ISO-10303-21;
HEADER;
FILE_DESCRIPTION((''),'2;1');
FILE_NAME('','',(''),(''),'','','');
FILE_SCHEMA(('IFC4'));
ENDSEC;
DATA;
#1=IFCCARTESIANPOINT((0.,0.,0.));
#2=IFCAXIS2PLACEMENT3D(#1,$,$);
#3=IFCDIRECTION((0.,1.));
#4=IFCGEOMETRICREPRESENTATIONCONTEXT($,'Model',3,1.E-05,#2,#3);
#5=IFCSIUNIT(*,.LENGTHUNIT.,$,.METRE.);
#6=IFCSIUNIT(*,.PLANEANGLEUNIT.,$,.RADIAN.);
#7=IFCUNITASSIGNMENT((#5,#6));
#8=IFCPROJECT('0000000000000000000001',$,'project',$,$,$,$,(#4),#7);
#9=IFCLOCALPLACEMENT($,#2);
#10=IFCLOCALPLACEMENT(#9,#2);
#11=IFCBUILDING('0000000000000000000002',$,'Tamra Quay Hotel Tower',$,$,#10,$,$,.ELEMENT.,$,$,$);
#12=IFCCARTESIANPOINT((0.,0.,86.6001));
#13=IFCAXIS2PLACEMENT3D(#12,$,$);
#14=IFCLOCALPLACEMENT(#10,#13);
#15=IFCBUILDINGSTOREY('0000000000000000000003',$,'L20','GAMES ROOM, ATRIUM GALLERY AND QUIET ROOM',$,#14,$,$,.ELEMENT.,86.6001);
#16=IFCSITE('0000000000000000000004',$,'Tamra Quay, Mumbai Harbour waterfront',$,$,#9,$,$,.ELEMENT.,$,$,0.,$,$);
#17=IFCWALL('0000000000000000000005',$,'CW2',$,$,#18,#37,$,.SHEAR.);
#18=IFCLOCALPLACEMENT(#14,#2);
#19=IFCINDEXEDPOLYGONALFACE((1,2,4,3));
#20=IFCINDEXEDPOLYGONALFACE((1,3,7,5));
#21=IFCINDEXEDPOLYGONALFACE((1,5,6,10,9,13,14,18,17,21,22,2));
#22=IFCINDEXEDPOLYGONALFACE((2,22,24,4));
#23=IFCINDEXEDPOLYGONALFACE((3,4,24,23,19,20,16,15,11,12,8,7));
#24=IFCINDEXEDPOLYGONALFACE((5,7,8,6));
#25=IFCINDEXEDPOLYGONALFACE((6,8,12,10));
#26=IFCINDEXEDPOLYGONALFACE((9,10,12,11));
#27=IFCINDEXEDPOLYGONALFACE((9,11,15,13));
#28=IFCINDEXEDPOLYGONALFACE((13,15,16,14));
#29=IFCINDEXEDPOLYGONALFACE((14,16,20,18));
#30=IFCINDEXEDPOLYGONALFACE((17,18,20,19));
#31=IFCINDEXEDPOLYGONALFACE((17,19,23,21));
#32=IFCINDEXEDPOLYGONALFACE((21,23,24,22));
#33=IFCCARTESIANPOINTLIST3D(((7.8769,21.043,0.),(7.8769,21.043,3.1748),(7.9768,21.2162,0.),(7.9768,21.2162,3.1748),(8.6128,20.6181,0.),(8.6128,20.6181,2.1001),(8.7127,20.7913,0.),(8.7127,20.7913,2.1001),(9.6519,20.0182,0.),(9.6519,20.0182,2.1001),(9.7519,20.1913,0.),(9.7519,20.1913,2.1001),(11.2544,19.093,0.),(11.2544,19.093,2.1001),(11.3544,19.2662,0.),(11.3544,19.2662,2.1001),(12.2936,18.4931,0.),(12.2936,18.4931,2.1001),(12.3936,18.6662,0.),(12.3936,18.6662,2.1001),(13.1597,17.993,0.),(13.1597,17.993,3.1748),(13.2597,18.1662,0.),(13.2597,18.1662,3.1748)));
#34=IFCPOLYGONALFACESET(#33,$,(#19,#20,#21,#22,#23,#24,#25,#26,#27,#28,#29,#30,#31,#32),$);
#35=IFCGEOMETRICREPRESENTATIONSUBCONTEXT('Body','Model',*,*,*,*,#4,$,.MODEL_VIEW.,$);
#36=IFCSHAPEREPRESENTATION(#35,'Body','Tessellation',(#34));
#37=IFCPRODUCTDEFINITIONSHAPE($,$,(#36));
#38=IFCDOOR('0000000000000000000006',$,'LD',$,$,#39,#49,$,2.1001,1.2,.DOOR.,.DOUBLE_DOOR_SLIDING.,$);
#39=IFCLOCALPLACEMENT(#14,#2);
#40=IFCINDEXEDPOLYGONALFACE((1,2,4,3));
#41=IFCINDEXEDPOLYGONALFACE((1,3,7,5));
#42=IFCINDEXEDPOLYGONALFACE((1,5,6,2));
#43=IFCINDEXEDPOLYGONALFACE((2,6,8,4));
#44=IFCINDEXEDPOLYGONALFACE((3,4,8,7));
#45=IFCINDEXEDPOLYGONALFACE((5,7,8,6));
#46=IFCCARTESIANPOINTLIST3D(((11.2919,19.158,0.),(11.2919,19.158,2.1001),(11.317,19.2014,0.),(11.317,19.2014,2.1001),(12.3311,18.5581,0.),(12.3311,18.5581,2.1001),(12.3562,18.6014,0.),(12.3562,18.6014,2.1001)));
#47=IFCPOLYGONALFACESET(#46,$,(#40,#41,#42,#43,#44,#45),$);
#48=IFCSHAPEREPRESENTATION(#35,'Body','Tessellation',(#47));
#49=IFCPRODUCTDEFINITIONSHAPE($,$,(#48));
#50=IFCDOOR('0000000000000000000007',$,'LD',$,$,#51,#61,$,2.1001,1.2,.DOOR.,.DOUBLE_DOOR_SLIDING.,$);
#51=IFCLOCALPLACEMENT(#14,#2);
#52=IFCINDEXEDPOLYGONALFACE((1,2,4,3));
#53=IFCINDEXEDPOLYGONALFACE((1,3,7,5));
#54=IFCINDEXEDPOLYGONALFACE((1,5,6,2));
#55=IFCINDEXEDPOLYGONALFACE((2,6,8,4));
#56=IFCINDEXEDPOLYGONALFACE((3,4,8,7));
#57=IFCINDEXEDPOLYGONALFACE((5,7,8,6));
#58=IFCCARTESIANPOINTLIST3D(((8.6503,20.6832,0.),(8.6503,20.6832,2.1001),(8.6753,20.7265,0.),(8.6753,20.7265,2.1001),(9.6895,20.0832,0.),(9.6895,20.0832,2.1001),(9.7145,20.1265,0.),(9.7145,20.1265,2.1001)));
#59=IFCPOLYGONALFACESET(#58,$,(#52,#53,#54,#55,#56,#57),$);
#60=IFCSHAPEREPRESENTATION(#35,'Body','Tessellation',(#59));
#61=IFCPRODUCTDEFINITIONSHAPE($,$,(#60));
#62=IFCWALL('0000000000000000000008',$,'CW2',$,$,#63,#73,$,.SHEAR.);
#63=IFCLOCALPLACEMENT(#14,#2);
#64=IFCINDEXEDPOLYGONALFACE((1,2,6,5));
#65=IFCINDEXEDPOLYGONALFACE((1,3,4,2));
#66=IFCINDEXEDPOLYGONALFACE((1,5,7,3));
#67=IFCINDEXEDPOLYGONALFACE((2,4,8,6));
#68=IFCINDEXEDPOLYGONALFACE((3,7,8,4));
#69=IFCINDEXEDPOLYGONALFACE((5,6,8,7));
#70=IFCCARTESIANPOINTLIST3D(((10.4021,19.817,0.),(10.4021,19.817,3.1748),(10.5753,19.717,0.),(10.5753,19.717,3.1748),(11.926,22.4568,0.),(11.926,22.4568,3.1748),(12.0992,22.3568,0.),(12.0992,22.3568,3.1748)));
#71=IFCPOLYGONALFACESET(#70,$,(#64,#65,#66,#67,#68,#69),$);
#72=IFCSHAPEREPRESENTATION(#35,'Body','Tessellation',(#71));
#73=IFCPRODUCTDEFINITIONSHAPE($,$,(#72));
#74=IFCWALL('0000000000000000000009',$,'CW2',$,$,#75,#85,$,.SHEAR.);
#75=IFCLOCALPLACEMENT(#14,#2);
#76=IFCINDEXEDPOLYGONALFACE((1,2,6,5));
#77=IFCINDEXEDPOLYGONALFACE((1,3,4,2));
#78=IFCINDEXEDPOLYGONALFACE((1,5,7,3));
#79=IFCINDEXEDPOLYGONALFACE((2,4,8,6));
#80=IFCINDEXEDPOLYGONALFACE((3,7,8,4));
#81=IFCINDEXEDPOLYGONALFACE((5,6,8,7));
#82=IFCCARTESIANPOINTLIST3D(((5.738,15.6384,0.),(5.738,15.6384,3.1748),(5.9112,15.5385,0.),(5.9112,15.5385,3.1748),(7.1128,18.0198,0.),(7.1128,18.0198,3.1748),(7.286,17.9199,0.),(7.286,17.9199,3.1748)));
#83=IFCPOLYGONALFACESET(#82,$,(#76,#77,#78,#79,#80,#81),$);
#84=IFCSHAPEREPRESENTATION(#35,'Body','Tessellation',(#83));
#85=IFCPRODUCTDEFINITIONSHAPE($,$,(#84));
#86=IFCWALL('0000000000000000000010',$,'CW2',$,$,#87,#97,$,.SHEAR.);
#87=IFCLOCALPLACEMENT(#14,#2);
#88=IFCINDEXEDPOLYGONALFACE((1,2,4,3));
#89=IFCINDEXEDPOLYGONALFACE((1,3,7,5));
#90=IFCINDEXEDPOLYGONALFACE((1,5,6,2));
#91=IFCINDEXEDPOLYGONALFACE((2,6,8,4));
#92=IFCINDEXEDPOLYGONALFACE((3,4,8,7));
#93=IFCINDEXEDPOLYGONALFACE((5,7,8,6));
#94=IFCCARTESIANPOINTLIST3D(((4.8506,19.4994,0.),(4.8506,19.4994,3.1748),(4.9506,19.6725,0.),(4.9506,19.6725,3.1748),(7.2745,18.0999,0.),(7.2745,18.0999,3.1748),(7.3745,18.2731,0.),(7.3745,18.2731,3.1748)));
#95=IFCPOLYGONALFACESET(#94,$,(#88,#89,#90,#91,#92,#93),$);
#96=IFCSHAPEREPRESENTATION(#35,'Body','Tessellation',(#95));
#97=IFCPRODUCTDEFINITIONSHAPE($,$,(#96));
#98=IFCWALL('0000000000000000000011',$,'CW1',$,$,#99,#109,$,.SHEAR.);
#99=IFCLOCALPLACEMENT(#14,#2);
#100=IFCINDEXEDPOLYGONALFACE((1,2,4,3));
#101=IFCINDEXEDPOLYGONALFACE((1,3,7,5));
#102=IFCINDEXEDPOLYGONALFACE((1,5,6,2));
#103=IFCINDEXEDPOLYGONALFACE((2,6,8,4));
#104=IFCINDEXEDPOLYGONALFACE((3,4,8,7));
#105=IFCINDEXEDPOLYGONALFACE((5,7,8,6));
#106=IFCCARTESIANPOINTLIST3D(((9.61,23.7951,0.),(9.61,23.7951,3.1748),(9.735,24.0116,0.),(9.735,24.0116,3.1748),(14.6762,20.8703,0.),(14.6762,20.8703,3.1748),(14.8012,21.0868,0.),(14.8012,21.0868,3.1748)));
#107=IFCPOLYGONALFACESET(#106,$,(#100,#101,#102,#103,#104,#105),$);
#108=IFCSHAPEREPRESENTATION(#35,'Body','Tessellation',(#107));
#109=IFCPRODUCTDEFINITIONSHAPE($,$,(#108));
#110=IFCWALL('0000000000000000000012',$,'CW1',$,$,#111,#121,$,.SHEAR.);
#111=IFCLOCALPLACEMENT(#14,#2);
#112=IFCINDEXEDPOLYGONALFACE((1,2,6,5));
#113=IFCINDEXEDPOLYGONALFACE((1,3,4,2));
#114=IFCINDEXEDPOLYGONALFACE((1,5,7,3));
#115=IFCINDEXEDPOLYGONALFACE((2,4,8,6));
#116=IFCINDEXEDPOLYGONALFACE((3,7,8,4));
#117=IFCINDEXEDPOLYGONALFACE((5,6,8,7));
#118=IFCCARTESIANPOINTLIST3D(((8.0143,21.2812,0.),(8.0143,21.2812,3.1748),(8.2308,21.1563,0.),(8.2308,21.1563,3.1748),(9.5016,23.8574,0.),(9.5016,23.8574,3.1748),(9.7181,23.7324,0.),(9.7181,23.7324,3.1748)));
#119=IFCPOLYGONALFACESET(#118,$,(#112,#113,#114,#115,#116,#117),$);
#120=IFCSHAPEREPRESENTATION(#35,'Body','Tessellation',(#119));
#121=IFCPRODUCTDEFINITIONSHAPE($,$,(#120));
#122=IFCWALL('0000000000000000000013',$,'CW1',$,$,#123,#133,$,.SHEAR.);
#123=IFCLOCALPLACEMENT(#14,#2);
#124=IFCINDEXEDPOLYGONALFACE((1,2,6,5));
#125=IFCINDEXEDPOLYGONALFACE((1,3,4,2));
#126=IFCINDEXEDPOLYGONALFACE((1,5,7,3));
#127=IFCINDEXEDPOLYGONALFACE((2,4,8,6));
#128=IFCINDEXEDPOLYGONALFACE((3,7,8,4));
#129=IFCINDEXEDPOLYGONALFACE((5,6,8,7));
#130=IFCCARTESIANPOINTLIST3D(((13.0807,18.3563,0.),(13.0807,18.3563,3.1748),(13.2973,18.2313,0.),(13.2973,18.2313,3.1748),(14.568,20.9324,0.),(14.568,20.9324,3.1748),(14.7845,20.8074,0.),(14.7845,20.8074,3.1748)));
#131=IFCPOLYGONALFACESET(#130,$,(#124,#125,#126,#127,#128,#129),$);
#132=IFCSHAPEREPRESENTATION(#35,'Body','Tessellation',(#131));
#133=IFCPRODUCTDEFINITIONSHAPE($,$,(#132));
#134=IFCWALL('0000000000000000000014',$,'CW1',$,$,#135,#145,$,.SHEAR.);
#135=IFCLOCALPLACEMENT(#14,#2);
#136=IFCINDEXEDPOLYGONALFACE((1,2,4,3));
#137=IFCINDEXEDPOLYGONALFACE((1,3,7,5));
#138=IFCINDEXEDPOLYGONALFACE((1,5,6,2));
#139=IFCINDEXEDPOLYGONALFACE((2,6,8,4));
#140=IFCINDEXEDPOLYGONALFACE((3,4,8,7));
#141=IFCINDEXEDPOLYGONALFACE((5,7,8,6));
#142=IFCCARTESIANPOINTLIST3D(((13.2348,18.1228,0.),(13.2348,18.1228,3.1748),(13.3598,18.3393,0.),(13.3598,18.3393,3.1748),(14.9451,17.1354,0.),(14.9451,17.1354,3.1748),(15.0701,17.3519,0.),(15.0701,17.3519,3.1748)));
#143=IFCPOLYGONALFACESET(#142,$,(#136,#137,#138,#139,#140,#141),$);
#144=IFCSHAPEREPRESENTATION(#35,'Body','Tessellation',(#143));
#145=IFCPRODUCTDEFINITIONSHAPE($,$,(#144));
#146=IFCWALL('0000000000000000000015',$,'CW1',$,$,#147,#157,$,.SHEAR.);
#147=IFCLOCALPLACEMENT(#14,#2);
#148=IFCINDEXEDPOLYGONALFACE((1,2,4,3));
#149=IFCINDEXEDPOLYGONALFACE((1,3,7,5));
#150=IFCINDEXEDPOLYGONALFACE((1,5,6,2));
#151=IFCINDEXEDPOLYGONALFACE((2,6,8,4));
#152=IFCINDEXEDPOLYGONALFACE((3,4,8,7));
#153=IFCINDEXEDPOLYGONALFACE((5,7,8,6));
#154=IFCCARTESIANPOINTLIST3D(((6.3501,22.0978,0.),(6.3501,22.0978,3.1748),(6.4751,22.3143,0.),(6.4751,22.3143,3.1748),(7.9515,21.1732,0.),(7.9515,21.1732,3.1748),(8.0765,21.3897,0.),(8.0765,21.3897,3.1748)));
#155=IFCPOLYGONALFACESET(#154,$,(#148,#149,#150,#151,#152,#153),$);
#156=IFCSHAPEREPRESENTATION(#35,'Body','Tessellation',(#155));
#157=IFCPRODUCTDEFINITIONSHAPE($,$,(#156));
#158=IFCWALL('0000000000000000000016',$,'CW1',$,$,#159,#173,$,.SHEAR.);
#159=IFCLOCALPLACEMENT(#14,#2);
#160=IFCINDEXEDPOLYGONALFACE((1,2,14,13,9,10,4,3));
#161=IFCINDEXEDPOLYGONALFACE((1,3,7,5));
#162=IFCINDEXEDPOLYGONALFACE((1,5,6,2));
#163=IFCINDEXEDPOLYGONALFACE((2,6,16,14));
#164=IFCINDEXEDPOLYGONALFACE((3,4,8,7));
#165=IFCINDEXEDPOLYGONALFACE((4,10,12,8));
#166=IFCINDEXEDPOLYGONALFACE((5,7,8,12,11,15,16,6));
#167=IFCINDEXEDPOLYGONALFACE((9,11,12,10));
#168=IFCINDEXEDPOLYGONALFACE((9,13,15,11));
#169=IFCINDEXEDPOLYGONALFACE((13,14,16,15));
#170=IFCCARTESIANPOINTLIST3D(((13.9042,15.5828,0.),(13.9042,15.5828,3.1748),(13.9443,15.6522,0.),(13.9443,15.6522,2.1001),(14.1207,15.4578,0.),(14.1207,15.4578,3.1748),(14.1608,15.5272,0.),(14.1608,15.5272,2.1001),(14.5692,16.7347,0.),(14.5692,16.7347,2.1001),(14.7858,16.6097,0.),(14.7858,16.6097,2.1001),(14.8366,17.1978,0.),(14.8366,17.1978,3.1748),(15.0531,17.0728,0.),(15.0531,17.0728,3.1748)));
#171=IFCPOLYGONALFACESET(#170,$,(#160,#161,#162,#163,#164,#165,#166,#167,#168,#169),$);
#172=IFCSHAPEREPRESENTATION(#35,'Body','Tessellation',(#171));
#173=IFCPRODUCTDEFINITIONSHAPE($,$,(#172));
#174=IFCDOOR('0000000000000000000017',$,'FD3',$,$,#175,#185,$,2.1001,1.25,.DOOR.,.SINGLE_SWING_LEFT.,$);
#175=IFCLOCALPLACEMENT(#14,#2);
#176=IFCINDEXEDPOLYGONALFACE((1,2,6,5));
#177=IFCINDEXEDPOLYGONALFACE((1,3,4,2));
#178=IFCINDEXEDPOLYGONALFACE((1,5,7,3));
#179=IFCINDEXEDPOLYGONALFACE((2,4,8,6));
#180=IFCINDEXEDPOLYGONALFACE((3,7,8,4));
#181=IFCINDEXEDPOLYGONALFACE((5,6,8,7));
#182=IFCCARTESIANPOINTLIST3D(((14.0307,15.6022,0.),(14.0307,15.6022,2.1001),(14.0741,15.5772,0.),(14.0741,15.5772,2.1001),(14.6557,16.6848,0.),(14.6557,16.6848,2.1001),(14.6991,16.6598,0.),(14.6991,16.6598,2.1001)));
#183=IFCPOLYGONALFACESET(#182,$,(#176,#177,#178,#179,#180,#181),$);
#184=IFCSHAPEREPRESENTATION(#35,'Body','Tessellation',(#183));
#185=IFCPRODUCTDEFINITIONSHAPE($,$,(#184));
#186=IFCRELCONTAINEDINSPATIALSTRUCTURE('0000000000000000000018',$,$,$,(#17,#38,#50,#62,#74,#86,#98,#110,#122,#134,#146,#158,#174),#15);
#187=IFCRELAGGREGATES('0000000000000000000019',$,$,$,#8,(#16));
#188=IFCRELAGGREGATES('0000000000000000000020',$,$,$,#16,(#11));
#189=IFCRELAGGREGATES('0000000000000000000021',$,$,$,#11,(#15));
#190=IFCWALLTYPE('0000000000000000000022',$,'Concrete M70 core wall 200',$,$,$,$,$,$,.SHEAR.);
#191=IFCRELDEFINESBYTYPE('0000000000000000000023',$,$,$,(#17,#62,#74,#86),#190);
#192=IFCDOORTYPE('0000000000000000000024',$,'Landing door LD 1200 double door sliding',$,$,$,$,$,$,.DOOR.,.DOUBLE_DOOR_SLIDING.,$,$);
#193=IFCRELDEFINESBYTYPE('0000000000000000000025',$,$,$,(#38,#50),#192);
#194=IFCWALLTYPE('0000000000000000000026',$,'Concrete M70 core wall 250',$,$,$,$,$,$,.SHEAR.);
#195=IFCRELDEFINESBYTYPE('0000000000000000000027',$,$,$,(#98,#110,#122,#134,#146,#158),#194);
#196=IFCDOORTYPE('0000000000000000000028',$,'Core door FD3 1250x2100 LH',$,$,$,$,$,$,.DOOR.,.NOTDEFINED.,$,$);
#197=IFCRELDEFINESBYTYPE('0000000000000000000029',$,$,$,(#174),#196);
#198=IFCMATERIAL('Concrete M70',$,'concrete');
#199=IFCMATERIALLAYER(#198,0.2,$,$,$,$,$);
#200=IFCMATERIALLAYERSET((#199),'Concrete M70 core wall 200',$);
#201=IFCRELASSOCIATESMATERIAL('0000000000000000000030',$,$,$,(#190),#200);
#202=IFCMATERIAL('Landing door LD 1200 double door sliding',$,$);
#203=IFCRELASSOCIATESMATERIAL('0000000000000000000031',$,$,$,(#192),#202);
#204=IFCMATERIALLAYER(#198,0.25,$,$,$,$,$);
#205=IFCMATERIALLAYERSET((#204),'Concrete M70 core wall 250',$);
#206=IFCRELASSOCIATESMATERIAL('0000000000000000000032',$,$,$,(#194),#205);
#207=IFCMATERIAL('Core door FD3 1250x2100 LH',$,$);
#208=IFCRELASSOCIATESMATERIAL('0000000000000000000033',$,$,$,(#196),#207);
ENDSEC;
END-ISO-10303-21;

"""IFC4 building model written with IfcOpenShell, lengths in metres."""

from ifc_helpers import new_model, si_unit, direction, frame, frame_2d, origin, place, context, subcontext, project, spatial, rectangle, extrude, material, layer, layer_set, type_object, element, fill, save


model = new_model("IFC4")

# Units and contexts
model_context = context("Model", 3, precision=1e-05, world=origin(), true_north=direction((0.0, 1.0)))
body_context = subcontext(model_context, "Body", "Model", "MODEL_VIEW")
ifc_project = project(units=[si_unit("LENGTHUNIT", "METRE"), si_unit("PLANEANGLEUNIT", "RADIAN")], contexts=[model_context])

# Site, building, storey
site_placement = place(None, origin())
site = spatial("IfcSite", under=ifc_project, at=site_placement, Name="Tamra Quay, Mumbai Harbour waterfront", CompositionType="ELEMENT", RefElevation=0.0)
building_placement = place(site_placement, origin())
building = spatial("IfcBuilding", under=site, at=building_placement, Name="Tamra Quay Hotel Tower", CompositionType="ELEMENT")
storey_placement = place(building_placement, frame((0.0, 0.0, 86.6001)))
storey = spatial("IfcBuildingStorey", under=building, at=storey_placement, Name="L20", Description="GAMES ROOM, ATRIUM GALLERY AND QUIET ROOM", CompositionType="ELEMENT", Elevation=86.6001)

# Shared definitions
ifc_material_1 = material(Name="Concrete M70", Category="concrete")

# Wall, openings, doors
ifc_layer_1 = layer(ifc_material_1, 0.2)
ifc_layer_set_1 = layer_set([ifc_layer_1], Name="Concrete M70 core wall 200")
wall_type_1 = type_object("IfcWallType", Name="Concrete M70 core wall 200", PredefinedType="SHEAR", material=ifc_layer_set_1)
wall_1_placement = place(storey_placement, frame((13.2097, 18.0796, 0.0), z_axis=(0.0, 0.0, 1.0), x_axis=(-0.86603, 0.499992, 0.0)))
wall_1 = element("IfcWall", 1, at=wall_1_placement, inside=storey, type_object=wall_type_1, Name="CW2", PredefinedType="SHEAR", context=body_context, shape_type="SweptSolid", body=[
    extrude(rectangle(XDim=6.1001, YDim=0.2, at=frame_2d((3.05, 0.0))), origin(), (0.0, 0.0, 1.0), 3.1748),
])
opening_1_placement = place(wall_1_placement, frame((1.0, 0.0, 0.0)))
opening_1 = element("IfcOpeningElement", 2, at=opening_1_placement, cuts=wall_1, PredefinedType="OPENING", context=body_context, shape_type="SweptSolid", body=[
    extrude(rectangle(XDim=1.2, YDim=2.1001, at=frame_2d((0.6001, 1.05))), frame((0.0, 0.1099, 0.0), z_axis=(0.0, -1.0, 0.0), x_axis=(1.0, 0.0, 0.0)), (0.0, 0.0, 1.0), 0.22),
])
opening_2_placement = place(wall_1_placement, frame((4.0503, 0.0, 0.0)))
opening_2 = element("IfcOpeningElement", 3, at=opening_2_placement, cuts=wall_1, PredefinedType="OPENING", context=body_context, shape_type="SweptSolid", body=[
    extrude(rectangle(XDim=1.2, YDim=2.1001, at=frame_2d((0.6001, 1.05))), frame((0.0, 0.1099, 0.0), z_axis=(0.0, -1.0, 0.0), x_axis=(1.0, 0.0, 0.0)), (0.0, 0.0, 1.0), 0.22),
])
ifc_material_2 = material(Name="Landing door LD 1200 double door sliding")
door_type_1 = type_object("IfcDoorType", Name="Landing door LD 1200 double door sliding", OperationType="DOUBLE_DOOR_SLIDING", PredefinedType="DOOR", material=ifc_material_2)
door_1_placement = place(opening_1_placement, origin())
door_1 = element("IfcDoor", 4, at=door_1_placement, inside=storey, type_object=door_type_1, Name="LD", OperationType="DOUBLE_DOOR_SLIDING", OverallHeight=2.1001, OverallWidth=1.2, PredefinedType="DOOR", context=body_context, shape_type="SweptSolid", body=[
    extrude(rectangle(XDim=1.2, YDim=2.1001, at=frame_2d((0.6001, 1.05))), frame((0.0, 0.0249, 0.0), z_axis=(0.0, -1.0, 0.0), x_axis=(1.0, 0.0, 0.0)), (0.0, 0.0, 1.0), 0.05),
])
fill(opening_1, door_1)
door_2_placement = place(opening_2_placement, origin())
door_2 = element("IfcDoor", 5, at=door_2_placement, inside=storey, type_object=door_type_1, Name="LD", OperationType="DOUBLE_DOOR_SLIDING", OverallHeight=2.1001, OverallWidth=1.2, PredefinedType="DOOR", context=body_context, shape_type="SweptSolid", body=[
    extrude(rectangle(XDim=1.2, YDim=2.1001, at=frame_2d((0.6001, 1.05))), frame((0.0, 0.0249, 0.0), z_axis=(0.0, -1.0, 0.0), x_axis=(1.0, 0.0, 0.0)), (0.0, 0.0, 1.0), 0.05),
])
fill(opening_2, door_2)

# Walls
wall_2_placement = place(storey_placement, frame((10.4888, 19.7671, 0.0), z_axis=(0.0, 0.0, 1.0), x_axis=(0.499947, 0.866056, 0.0)))
element("IfcWall", 6, at=wall_2_placement, inside=storey, type_object=wall_type_1, Name="CW2", PredefinedType="SHEAR", context=body_context, shape_type="SweptSolid", body=[
    extrude(rectangle(XDim=3.0481, YDim=0.2, at=frame_2d((1.5239, 0.0))), origin(), (0.0, 0.0, 1.0), 3.1748),
])
wall_3_placement = place(storey_placement, frame((7.1995, 17.97, 0.0), z_axis=(0.0, 0.0, 1.0), x_axis=(-0.499968, -0.866044, 0.0)))
element("IfcWall", 7, at=wall_3_placement, inside=storey, type_object=wall_type_1, Name="CW2", PredefinedType="SHEAR", context=body_context, shape_type="SweptSolid", body=[
    extrude(rectangle(XDim=2.7498, YDim=0.2, at=frame_2d((1.375, 0.0))), origin(), (0.0, 0.0, 1.0), 3.1748),
])
wall_4_placement = place(storey_placement, frame((4.9006, 19.5859, 0.0), z_axis=(0.0, 0.0, 1.0), x_axis=(0.866023, -0.500004, 0.0)))
element("IfcWall", 8, at=wall_4_placement, inside=storey, type_object=wall_type_1, Name="CW2", PredefinedType="SHEAR", context=body_context, shape_type="SweptSolid", body=[
    extrude(rectangle(XDim=2.7988, YDim=0.2, at=frame_2d((1.3994, 0.0))), origin(), (0.0, 0.0, 1.0), 3.1748),
])
ifc_layer_2 = layer(ifc_material_1, 0.25)
ifc_layer_set_2 = layer_set([ifc_layer_2], Name="Concrete M70 core wall 250")
wall_type_2 = type_object("IfcWallType", Name="Concrete M70 core wall 250", PredefinedType="SHEAR", material=ifc_layer_set_2)
wall_5_placement = place(storey_placement, frame((9.6726, 23.9033, 0.0), z_axis=(0.0, 0.0, 1.0), x_axis=(0.866036, -0.499981, 0.0)))
element("IfcWall", 9, at=wall_5_placement, inside=storey, type_object=wall_type_2, Name="CW1", PredefinedType="SHEAR", context=body_context, shape_type="SweptSolid", body=[
    extrude(rectangle(XDim=5.8499, YDim=0.25, at=frame_2d((2.9248, 0.0))), origin(), (0.0, 0.0, 1.0), 3.1748),
])
for number, where, z_axis, x_axis, name in (
    (10, (8.1226, 21.2188, 0.0), (0.0, 0.0, 1.0), (0.499988, 0.866033, 0.0), "CW1"),
    (11, (14.6763, 20.8699, 0.0), (0.0, 0.0, 1.0), (-0.499988, -0.866033, 0.0), "CW1"),
):
    element("IfcWall", number, at=place(storey_placement, frame(where, z_axis=z_axis, x_axis=x_axis)), inside=storey, type_object=wall_type_2, Name=name, PredefinedType="SHEAR", context=body_context, shape_type="SweptSolid", body=[
        extrude(rectangle(XDim=2.9746, YDim=0.25, at=frame_2d((1.4873, 0.0))), origin(), (0.0, 0.0, 1.0), 3.1748),
    ])
wall_6_placement = place(storey_placement, frame((13.2974, 18.231, 0.0), z_axis=(0.0, 0.0, 1.0), x_axis=(0.866044, -0.499969, 0.0)))
element("IfcWall", 12, at=wall_6_placement, inside=storey, type_object=wall_type_2, Name="CW1", PredefinedType="SHEAR", context=body_context, shape_type="SweptSolid", body=[
    extrude(rectangle(XDim=1.9749, YDim=0.25, at=frame_2d((0.9873, 0.0))), origin(), (0.0, 0.0, 1.0), 3.1748),
])
wall_7_placement = place(storey_placement, frame((6.4126, 22.2061, 0.0), z_axis=(0.0, 0.0, 1.0), x_axis=(0.866016, -0.500016, 0.0)))
element("IfcWall", 13, at=wall_7_placement, inside=storey, type_object=wall_type_2, Name="CW1", PredefinedType="SHEAR", context=body_context, shape_type="SweptSolid", body=[
    extrude(rectangle(XDim=1.8491, YDim=0.25, at=frame_2d((0.9246, 0.0))), origin(), (0.0, 0.0, 1.0), 3.1748),
])

# Wall, opening, door
wall_8_placement = place(storey_placement, frame((14.9448, 17.1353, 0.0), z_axis=(0.0, 0.0, 1.0), x_axis=(-0.499983, -0.866035, 0.0)))
wall_8 = element("IfcWall", 14, at=wall_8_placement, inside=storey, type_object=wall_type_2, Name="CW1", PredefinedType="SHEAR", context=body_context, shape_type="SweptSolid", body=[
    extrude(rectangle(XDim=1.8647, YDim=0.25, at=frame_2d((0.9324, 0.0))), origin(), (0.0, 0.0, 1.0), 3.1748),
])
opening_3_placement = place(wall_8_placement, frame((0.5347, 0.0, 0.0)))
opening_3 = element("IfcOpeningElement", 15, at=opening_3_placement, cuts=wall_8, PredefinedType="OPENING", context=body_context, shape_type="SweptSolid", body=[
    extrude(rectangle(XDim=1.25, YDim=2.1001, at=frame_2d((0.625, 1.05))), frame((0.0, 0.135, 0.0), z_axis=(0.0, -1.0, 0.0), x_axis=(1.0, 0.0, 0.0)), (0.0, 0.0, 1.0), 0.27),
])
ifc_material_3 = material(Name="Core door FD3 1250x2100 LH")
door_type_2 = type_object("IfcDoorType", Name="Core door FD3 1250x2100 LH", OperationType="NOTDEFINED", PredefinedType="DOOR", material=ifc_material_3)
door_3_placement = place(opening_3_placement, origin())
door_3 = element("IfcDoor", 16, at=door_3_placement, inside=storey, type_object=door_type_2, Name="FD3", OperationType="SINGLE_SWING_LEFT", OverallHeight=2.1001, OverallWidth=1.25, PredefinedType="DOOR", context=body_context, shape_type="SweptSolid", body=[
    extrude(rectangle(XDim=1.25, YDim=2.1001, at=frame_2d((0.625, 1.05))), frame((0.0, 0.0249, 0.0), z_axis=(0.0, -1.0, 0.0), x_axis=(1.0, 0.0, 0.0)), (0.0, 0.0, 1.0), 0.05),
])
fill(opening_3, door_3)

save(model, "model.ifc")
